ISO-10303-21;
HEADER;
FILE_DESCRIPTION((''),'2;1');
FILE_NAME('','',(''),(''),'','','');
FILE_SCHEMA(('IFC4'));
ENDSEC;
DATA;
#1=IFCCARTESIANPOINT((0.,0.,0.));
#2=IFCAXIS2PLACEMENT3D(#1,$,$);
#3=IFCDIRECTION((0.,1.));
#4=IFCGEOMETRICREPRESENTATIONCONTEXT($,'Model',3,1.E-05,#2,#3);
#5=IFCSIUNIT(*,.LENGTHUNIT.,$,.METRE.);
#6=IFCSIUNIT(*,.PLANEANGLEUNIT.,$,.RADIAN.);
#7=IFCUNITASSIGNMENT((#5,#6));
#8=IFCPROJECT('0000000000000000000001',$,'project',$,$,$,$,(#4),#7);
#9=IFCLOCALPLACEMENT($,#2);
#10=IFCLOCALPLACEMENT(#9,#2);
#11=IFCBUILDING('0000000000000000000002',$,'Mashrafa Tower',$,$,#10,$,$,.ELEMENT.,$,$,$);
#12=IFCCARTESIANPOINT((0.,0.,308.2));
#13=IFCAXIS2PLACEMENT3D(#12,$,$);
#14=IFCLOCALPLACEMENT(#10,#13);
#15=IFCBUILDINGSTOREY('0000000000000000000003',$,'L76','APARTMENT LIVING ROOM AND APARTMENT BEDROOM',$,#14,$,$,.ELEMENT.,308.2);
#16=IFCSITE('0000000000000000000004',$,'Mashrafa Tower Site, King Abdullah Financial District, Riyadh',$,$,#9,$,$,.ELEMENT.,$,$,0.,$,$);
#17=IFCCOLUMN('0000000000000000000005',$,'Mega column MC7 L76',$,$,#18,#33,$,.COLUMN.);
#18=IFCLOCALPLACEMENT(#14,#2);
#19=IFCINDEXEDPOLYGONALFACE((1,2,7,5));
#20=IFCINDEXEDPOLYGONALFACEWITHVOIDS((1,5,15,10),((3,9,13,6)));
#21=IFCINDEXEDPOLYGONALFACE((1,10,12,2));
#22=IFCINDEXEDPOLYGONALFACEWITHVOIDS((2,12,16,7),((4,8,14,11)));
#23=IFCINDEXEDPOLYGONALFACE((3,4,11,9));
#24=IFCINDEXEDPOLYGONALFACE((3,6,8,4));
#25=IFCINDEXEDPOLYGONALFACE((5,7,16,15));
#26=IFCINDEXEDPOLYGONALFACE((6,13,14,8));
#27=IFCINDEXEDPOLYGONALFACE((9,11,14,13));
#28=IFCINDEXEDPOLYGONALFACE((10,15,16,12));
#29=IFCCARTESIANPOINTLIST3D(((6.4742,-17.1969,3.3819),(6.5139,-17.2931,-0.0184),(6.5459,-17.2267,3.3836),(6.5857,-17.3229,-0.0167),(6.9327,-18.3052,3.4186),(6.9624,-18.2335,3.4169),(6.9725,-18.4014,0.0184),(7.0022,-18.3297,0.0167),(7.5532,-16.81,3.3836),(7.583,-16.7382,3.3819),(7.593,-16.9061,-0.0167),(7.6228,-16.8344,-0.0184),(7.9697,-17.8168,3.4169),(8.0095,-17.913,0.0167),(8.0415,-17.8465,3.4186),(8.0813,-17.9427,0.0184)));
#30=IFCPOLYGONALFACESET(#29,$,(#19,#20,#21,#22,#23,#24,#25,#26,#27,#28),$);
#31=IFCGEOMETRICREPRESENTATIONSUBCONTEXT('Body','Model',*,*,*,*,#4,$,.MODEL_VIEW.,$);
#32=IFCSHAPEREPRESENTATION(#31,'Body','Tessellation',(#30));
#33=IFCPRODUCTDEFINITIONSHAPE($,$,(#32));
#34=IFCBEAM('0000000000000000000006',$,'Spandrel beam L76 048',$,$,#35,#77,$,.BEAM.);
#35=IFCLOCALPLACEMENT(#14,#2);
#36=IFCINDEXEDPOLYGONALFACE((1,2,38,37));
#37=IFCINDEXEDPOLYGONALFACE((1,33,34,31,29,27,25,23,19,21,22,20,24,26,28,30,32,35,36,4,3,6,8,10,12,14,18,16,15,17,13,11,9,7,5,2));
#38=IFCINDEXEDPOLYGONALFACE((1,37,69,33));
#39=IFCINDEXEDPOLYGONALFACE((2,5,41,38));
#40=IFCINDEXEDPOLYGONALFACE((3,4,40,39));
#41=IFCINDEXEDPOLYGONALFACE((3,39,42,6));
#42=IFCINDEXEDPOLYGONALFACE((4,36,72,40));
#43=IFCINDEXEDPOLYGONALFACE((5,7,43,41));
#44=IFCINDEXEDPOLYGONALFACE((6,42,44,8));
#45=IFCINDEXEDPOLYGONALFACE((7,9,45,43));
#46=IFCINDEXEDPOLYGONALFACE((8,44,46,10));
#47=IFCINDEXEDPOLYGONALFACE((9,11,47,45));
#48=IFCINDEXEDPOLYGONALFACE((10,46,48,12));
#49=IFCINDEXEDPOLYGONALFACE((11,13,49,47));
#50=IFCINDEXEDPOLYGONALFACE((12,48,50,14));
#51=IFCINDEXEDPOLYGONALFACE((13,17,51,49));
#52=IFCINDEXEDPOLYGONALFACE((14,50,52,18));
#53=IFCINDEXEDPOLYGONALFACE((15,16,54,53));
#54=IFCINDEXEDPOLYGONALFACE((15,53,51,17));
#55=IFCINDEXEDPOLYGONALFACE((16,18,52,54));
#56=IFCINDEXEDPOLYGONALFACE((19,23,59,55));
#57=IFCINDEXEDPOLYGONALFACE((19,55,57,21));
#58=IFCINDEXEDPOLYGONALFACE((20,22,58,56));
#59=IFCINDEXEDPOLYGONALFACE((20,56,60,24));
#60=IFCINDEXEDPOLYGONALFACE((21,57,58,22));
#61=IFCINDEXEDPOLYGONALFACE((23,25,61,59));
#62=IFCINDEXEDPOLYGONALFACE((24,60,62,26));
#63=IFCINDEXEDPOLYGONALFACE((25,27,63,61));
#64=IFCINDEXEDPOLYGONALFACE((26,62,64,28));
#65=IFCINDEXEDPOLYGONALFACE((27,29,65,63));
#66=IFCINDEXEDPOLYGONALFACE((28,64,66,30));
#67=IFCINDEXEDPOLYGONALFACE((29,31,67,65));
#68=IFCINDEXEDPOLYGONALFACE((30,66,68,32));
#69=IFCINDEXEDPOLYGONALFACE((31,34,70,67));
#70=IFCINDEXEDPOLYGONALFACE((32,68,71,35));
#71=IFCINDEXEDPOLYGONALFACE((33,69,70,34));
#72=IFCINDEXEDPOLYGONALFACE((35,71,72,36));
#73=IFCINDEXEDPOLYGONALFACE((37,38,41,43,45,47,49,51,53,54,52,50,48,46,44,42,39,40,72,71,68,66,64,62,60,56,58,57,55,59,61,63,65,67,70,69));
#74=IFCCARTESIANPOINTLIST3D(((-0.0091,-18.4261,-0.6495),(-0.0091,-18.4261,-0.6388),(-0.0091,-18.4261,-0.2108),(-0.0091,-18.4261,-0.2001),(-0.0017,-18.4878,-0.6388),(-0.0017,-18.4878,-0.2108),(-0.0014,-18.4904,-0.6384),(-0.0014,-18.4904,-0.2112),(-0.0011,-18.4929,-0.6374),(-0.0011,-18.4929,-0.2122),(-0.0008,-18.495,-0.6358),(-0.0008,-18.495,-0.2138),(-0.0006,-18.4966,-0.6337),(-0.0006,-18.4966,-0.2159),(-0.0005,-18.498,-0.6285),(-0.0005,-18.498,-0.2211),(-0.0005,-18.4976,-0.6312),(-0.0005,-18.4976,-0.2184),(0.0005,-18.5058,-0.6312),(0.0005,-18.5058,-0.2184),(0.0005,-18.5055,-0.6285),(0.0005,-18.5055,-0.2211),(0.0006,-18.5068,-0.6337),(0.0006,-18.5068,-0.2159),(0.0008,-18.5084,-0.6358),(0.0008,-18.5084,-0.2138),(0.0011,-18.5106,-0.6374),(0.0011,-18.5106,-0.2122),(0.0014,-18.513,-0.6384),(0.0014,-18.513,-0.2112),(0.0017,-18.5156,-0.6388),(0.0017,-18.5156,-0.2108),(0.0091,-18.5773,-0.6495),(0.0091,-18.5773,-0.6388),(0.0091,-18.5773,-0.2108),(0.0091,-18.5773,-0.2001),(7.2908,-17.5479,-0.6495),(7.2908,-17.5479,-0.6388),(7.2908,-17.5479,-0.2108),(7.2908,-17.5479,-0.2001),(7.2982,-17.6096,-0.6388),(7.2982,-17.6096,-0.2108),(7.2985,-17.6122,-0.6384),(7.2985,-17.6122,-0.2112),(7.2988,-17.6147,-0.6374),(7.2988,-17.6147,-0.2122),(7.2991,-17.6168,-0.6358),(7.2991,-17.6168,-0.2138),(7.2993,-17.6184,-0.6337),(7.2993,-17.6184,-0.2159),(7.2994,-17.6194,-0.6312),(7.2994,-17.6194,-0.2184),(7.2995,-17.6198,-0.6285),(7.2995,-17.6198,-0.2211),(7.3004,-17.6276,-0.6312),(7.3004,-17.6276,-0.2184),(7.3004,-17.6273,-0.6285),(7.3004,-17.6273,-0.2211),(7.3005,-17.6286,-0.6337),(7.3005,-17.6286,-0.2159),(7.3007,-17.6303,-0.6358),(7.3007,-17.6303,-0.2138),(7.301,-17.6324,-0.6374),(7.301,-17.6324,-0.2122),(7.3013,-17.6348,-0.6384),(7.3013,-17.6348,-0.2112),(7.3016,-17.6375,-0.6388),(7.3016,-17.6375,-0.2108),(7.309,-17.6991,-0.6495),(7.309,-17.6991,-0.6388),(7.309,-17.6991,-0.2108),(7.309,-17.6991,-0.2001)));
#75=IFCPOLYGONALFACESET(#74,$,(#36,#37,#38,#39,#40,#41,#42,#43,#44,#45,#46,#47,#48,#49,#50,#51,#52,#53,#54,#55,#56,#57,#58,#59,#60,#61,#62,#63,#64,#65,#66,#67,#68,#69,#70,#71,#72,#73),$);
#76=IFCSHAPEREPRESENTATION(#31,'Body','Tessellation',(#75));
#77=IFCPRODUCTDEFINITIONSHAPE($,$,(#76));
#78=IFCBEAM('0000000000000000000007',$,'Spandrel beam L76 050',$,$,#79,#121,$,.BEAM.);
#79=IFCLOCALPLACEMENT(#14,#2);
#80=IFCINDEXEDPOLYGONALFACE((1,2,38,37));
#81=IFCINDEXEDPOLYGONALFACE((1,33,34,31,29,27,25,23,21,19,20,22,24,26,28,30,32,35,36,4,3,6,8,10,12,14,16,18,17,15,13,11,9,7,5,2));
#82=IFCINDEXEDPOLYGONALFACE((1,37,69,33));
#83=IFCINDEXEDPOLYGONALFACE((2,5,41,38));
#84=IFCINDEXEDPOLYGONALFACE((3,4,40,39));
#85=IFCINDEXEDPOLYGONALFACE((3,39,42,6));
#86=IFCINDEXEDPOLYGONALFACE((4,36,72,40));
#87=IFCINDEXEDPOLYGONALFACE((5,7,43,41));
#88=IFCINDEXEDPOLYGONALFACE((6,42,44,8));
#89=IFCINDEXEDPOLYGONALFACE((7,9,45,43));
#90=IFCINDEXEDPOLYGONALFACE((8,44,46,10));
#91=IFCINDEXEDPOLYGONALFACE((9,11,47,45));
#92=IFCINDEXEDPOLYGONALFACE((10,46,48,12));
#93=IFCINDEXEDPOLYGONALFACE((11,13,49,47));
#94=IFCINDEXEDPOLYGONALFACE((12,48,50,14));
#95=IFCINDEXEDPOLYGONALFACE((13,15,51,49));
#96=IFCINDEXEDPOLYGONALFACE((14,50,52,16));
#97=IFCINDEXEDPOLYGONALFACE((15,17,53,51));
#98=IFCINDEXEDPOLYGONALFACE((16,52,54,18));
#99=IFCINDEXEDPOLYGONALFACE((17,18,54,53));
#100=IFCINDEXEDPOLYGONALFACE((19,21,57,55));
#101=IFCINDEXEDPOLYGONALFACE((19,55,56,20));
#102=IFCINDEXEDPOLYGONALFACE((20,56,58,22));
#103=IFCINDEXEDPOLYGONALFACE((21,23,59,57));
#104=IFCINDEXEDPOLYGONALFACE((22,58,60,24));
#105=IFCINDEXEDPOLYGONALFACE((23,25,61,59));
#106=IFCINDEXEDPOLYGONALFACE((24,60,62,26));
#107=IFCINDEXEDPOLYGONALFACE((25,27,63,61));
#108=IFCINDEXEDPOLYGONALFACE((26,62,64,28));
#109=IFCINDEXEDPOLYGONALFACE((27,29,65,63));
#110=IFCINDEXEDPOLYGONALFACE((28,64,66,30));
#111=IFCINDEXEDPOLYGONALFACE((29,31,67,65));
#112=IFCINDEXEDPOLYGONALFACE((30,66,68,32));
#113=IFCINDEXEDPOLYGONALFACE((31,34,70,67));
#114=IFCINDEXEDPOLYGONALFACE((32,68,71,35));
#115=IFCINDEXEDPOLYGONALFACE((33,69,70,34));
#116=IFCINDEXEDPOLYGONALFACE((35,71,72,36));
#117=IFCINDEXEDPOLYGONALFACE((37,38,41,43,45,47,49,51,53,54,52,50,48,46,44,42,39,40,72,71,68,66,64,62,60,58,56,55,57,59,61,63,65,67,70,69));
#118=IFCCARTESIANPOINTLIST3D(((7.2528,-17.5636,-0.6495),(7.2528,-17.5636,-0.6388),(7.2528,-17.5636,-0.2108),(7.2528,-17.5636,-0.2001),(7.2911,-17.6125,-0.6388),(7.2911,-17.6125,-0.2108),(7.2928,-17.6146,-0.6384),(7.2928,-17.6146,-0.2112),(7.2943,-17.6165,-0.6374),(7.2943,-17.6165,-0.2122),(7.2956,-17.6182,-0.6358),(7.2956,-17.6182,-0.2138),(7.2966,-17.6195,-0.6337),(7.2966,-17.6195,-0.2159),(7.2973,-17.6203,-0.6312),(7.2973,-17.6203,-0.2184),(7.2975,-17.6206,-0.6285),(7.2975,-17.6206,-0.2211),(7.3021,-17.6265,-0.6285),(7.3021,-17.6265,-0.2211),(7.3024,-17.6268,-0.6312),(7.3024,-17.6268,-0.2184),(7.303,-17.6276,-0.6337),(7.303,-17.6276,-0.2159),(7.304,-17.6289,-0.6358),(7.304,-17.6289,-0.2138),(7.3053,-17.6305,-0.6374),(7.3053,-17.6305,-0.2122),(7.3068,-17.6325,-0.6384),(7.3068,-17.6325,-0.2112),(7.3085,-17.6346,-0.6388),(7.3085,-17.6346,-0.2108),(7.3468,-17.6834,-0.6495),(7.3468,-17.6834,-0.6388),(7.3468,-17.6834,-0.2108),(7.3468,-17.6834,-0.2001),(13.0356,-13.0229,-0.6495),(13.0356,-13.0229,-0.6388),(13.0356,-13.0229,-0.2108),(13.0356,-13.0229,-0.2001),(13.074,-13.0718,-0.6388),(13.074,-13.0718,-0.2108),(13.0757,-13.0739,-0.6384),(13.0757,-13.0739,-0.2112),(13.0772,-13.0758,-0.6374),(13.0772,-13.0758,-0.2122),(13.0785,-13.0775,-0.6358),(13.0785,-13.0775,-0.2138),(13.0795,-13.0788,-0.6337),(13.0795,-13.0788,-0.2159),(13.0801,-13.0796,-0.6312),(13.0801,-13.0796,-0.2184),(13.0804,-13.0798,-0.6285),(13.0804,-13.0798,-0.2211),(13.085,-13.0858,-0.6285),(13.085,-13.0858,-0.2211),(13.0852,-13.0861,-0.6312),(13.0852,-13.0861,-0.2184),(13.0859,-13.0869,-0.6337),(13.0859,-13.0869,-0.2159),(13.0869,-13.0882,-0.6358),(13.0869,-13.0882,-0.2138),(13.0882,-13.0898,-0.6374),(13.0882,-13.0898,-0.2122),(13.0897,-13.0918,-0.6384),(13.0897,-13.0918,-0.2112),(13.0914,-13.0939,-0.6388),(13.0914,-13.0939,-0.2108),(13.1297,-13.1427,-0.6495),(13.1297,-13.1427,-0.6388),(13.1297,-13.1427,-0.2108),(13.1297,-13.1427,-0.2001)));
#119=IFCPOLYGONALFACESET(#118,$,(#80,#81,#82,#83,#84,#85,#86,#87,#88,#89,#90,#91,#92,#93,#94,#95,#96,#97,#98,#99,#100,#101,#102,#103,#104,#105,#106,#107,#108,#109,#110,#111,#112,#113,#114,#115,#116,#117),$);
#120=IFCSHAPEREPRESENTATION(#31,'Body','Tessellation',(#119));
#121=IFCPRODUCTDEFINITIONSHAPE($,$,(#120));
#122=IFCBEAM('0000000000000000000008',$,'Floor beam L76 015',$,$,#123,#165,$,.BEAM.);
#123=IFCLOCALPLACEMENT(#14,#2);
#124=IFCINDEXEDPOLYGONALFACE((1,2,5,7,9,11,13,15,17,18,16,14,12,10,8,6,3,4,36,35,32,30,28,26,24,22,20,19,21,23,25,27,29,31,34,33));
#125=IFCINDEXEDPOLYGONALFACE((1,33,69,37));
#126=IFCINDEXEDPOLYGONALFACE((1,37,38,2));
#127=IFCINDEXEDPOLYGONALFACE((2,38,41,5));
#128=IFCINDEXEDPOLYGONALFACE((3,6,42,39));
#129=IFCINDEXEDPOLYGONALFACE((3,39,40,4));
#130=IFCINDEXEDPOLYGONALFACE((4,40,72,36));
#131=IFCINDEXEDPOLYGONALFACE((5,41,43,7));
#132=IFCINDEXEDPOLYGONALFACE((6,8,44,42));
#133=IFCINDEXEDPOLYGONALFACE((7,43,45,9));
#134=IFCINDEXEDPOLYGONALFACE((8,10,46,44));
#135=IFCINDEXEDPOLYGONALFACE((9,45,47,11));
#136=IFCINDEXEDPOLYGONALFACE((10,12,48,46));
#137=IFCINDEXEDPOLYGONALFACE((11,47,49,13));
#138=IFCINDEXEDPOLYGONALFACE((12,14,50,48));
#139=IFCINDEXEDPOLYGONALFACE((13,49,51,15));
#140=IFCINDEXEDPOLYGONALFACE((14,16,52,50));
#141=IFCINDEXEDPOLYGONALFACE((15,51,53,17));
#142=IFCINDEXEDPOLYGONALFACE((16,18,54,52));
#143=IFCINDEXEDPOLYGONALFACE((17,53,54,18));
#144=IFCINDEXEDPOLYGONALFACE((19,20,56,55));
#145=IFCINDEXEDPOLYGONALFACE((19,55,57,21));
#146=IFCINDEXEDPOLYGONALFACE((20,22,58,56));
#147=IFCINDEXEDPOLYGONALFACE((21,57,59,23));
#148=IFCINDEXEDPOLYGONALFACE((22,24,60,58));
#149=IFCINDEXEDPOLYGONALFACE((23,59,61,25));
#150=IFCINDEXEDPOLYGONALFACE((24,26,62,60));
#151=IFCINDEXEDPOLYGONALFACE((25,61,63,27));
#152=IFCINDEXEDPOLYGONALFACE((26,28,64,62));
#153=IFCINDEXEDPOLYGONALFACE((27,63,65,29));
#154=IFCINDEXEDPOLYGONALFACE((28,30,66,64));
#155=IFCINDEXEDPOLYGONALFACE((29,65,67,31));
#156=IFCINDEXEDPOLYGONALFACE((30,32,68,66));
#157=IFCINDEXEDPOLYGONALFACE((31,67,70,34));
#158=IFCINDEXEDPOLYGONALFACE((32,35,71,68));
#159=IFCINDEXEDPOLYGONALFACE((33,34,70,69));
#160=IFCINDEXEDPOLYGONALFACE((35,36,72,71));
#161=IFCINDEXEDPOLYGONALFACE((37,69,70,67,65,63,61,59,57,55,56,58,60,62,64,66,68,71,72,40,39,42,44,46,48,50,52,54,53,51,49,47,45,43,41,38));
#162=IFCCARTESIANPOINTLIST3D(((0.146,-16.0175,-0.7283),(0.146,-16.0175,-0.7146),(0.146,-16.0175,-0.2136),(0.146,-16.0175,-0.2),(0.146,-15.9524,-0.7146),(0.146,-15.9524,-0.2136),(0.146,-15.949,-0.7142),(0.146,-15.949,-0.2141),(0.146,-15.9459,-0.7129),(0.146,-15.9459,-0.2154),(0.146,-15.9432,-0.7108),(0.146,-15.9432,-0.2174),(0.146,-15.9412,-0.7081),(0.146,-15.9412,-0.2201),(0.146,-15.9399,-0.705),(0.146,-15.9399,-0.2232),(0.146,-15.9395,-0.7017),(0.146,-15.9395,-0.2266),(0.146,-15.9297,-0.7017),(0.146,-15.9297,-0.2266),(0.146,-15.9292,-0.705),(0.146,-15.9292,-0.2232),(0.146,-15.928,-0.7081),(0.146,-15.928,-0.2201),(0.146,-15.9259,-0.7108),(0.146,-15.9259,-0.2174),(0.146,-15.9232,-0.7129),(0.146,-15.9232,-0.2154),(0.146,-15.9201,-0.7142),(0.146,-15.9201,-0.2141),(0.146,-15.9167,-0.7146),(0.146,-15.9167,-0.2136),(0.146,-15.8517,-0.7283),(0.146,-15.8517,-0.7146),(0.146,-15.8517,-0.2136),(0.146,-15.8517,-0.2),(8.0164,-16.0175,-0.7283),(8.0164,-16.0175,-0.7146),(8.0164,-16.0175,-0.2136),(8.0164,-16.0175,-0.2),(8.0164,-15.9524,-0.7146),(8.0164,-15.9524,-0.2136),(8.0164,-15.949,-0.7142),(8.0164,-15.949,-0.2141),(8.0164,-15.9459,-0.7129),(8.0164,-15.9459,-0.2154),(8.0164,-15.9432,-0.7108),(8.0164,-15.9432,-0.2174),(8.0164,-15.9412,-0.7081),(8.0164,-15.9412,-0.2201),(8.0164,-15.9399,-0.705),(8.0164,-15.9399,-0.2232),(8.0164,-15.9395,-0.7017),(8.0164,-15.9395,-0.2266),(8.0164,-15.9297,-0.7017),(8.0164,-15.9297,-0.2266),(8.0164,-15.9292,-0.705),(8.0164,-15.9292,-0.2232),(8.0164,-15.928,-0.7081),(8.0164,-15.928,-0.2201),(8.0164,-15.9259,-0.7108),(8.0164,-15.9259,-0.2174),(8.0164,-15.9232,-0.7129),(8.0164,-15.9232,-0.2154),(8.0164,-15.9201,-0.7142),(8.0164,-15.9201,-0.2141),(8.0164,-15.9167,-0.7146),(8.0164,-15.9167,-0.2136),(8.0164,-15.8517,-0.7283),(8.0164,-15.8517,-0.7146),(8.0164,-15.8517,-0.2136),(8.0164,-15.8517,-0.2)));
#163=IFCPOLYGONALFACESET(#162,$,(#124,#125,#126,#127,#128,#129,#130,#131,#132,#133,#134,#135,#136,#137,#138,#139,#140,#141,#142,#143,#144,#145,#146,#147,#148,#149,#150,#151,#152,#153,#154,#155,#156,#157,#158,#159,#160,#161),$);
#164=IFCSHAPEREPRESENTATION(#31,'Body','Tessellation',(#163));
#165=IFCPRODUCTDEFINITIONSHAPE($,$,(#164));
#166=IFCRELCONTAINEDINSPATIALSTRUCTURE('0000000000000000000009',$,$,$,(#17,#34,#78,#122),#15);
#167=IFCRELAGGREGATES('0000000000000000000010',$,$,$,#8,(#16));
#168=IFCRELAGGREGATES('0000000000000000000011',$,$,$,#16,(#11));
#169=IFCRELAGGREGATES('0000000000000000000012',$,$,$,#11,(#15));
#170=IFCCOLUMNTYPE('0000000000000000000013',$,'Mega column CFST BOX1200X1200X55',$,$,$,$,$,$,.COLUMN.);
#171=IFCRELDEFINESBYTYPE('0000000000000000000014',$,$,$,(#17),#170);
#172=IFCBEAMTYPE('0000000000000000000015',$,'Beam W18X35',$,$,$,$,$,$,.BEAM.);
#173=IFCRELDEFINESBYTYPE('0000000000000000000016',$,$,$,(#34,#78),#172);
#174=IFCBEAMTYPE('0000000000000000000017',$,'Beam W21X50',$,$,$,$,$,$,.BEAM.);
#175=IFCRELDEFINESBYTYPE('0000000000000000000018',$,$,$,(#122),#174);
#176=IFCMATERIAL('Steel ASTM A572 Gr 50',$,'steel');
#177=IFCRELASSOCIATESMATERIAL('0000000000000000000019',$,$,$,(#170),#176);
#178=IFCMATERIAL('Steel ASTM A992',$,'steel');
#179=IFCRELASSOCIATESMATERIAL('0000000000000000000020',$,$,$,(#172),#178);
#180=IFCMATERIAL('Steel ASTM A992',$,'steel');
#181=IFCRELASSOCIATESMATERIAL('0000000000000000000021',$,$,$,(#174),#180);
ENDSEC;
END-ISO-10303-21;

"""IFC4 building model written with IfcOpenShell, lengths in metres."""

from ifc_helpers import new_model, si_unit, direction, frame, origin, origin_2d, place, context, subcontext, project, spatial, hollow_rectangle, i_section, extrude, material, material_profile, profile_set, type_object, element, save


model = new_model("IFC4")

# Units and contexts
model_context = context("Model", 3, precision=1e-05, world=origin(), true_north=direction((0.0, 1.0)))
body_context = subcontext(model_context, "Body", "Model", "MODEL_VIEW")
ifc_project = project(units=[si_unit("LENGTHUNIT", "METRE"), si_unit("PLANEANGLEUNIT", "RADIAN")], contexts=[model_context])

# Site, building, storey
site_placement = place(None, origin())
site = spatial("IfcSite", under=ifc_project, at=site_placement, Name="Mashrafa Tower Site, King Abdullah Financial District, Riyadh", CompositionType="ELEMENT", RefElevation=0.0)
building_placement = place(site_placement, origin())
building = spatial("IfcBuilding", under=site, at=building_placement, Name="Mashrafa Tower", CompositionType="ELEMENT")
storey_placement = place(building_placement, frame((0.0, 0.0, 308.2)))
storey = spatial("IfcBuildingStorey", under=building, at=storey_placement, Name="L76", Description="APARTMENT LIVING ROOM AND APARTMENT BEDROOM", CompositionType="ELEMENT", Elevation=308.2)

# Column
ifc_material_1 = material(Name="Steel ASTM A572 Gr 50", Category="steel")
ifc_material_profile_1 = material_profile(ifc_material_1, hollow_rectangle(XDim=1.2, YDim=1.2, WallThickness=0.0549, at=origin_2d()), Name="BOX1200X1200X55")
ifc_profile_set_1 = profile_set([ifc_material_profile_1], Name="Steel ASTM A572 Gr 50")
column_type = type_object("IfcColumnType", Name="Mega column CFST BOX1200X1200X55", PredefinedType="COLUMN", material=ifc_profile_set_1)
column_placement = place(storey_placement, frame((7.2976, -17.6179, 0.0), z_axis=(-0.011698, 0.028277, 0.999532), x_axis=(-0.924045, -0.382283, 0.0)))
element("IfcColumn", 1, at=column_placement, inside=storey, type_object=column_type, Name="Mega column MC7 L76", PredefinedType="COLUMN", context=body_context, shape_type="SweptSolid", body=[
    extrude(hollow_rectangle(XDim=1.2, YDim=1.2, WallThickness=0.0549, at=origin_2d()), origin(), (0.0, 0.0, 1.0), 3.4019),
])

# Beams
ifc_material_2 = material(Name="Steel ASTM A992", Category="steel")
ifc_material_profile_2 = material_profile(ifc_material_2, i_section(OverallWidth=0.1523, OverallDepth=0.4495, WebThickness=0.0076, FlangeThickness=0.0107, FilletRadius=0.0103, at=origin_2d()), Name="W18X35")
ifc_profile_set_2 = profile_set([ifc_material_profile_2], Name="Steel ASTM A992")
beam_type_1 = type_object("IfcBeamType", Name="Beam W18X35", PredefinedType="BEAM", material=ifc_profile_set_2)
for number, where, z_axis, x_axis, name in (
    (2, (0.0, -18.5017, -0.4248), (0.992841, 0.11944, 0.0), (-0.11944, 0.992841, 0.0), "Spandrel beam L76 048"),
    (3, (7.2998, -17.6235, -0.4248), (0.786515, 0.617571, 0.0), (-0.617571, 0.786515, 0.0), "Spandrel beam L76 050"),
):
    element("IfcBeam", number, at=place(storey_placement, frame(where, z_axis=z_axis, x_axis=x_axis)), inside=storey, type_object=beam_type_1, Name=name, PredefinedType="BEAM", context=body_context, shape_type="SweptSolid", body=[
        extrude(i_section(OverallWidth=0.1523, OverallDepth=0.4495, WebThickness=0.0076, FlangeThickness=0.0107, FilletRadius=0.0103, at=origin_2d()), origin(), (0.0, 0.0, 1.0), 7.3525),
    ])
ifc_material_3 = material(Name="Steel ASTM A992", Category="steel")
ifc_material_profile_3 = material_profile(ifc_material_3, i_section(OverallWidth=0.1658, OverallDepth=0.5283, WebThickness=0.0098, FlangeThickness=0.0137, FilletRadius=0.0129, at=origin_2d()), Name="W21X50")
ifc_profile_set_3 = profile_set([ifc_material_profile_3], Name="Steel ASTM A992")
beam_type_2 = type_object("IfcBeamType", Name="Beam W21X50", PredefinedType="BEAM", material=ifc_profile_set_3)
beam_1_placement = place(storey_placement, frame((8.0164, -15.9346, -0.4641), z_axis=(-1.0, 0.0, 0.0), x_axis=(0.0, -1.0, 0.0)))
element("IfcBeam", 4, at=beam_1_placement, inside=storey, type_object=beam_type_2, Name="Floor beam L76 015", PredefinedType="BEAM", context=body_context, shape_type="SweptSolid", body=[
    extrude(i_section(OverallWidth=0.1658, OverallDepth=0.5283, WebThickness=0.0098, FlangeThickness=0.0137, FilletRadius=0.0129, at=origin_2d()), origin(), (0.0, 0.0, 1.0), 7.8704),
])

save(model, "model.ifc")
